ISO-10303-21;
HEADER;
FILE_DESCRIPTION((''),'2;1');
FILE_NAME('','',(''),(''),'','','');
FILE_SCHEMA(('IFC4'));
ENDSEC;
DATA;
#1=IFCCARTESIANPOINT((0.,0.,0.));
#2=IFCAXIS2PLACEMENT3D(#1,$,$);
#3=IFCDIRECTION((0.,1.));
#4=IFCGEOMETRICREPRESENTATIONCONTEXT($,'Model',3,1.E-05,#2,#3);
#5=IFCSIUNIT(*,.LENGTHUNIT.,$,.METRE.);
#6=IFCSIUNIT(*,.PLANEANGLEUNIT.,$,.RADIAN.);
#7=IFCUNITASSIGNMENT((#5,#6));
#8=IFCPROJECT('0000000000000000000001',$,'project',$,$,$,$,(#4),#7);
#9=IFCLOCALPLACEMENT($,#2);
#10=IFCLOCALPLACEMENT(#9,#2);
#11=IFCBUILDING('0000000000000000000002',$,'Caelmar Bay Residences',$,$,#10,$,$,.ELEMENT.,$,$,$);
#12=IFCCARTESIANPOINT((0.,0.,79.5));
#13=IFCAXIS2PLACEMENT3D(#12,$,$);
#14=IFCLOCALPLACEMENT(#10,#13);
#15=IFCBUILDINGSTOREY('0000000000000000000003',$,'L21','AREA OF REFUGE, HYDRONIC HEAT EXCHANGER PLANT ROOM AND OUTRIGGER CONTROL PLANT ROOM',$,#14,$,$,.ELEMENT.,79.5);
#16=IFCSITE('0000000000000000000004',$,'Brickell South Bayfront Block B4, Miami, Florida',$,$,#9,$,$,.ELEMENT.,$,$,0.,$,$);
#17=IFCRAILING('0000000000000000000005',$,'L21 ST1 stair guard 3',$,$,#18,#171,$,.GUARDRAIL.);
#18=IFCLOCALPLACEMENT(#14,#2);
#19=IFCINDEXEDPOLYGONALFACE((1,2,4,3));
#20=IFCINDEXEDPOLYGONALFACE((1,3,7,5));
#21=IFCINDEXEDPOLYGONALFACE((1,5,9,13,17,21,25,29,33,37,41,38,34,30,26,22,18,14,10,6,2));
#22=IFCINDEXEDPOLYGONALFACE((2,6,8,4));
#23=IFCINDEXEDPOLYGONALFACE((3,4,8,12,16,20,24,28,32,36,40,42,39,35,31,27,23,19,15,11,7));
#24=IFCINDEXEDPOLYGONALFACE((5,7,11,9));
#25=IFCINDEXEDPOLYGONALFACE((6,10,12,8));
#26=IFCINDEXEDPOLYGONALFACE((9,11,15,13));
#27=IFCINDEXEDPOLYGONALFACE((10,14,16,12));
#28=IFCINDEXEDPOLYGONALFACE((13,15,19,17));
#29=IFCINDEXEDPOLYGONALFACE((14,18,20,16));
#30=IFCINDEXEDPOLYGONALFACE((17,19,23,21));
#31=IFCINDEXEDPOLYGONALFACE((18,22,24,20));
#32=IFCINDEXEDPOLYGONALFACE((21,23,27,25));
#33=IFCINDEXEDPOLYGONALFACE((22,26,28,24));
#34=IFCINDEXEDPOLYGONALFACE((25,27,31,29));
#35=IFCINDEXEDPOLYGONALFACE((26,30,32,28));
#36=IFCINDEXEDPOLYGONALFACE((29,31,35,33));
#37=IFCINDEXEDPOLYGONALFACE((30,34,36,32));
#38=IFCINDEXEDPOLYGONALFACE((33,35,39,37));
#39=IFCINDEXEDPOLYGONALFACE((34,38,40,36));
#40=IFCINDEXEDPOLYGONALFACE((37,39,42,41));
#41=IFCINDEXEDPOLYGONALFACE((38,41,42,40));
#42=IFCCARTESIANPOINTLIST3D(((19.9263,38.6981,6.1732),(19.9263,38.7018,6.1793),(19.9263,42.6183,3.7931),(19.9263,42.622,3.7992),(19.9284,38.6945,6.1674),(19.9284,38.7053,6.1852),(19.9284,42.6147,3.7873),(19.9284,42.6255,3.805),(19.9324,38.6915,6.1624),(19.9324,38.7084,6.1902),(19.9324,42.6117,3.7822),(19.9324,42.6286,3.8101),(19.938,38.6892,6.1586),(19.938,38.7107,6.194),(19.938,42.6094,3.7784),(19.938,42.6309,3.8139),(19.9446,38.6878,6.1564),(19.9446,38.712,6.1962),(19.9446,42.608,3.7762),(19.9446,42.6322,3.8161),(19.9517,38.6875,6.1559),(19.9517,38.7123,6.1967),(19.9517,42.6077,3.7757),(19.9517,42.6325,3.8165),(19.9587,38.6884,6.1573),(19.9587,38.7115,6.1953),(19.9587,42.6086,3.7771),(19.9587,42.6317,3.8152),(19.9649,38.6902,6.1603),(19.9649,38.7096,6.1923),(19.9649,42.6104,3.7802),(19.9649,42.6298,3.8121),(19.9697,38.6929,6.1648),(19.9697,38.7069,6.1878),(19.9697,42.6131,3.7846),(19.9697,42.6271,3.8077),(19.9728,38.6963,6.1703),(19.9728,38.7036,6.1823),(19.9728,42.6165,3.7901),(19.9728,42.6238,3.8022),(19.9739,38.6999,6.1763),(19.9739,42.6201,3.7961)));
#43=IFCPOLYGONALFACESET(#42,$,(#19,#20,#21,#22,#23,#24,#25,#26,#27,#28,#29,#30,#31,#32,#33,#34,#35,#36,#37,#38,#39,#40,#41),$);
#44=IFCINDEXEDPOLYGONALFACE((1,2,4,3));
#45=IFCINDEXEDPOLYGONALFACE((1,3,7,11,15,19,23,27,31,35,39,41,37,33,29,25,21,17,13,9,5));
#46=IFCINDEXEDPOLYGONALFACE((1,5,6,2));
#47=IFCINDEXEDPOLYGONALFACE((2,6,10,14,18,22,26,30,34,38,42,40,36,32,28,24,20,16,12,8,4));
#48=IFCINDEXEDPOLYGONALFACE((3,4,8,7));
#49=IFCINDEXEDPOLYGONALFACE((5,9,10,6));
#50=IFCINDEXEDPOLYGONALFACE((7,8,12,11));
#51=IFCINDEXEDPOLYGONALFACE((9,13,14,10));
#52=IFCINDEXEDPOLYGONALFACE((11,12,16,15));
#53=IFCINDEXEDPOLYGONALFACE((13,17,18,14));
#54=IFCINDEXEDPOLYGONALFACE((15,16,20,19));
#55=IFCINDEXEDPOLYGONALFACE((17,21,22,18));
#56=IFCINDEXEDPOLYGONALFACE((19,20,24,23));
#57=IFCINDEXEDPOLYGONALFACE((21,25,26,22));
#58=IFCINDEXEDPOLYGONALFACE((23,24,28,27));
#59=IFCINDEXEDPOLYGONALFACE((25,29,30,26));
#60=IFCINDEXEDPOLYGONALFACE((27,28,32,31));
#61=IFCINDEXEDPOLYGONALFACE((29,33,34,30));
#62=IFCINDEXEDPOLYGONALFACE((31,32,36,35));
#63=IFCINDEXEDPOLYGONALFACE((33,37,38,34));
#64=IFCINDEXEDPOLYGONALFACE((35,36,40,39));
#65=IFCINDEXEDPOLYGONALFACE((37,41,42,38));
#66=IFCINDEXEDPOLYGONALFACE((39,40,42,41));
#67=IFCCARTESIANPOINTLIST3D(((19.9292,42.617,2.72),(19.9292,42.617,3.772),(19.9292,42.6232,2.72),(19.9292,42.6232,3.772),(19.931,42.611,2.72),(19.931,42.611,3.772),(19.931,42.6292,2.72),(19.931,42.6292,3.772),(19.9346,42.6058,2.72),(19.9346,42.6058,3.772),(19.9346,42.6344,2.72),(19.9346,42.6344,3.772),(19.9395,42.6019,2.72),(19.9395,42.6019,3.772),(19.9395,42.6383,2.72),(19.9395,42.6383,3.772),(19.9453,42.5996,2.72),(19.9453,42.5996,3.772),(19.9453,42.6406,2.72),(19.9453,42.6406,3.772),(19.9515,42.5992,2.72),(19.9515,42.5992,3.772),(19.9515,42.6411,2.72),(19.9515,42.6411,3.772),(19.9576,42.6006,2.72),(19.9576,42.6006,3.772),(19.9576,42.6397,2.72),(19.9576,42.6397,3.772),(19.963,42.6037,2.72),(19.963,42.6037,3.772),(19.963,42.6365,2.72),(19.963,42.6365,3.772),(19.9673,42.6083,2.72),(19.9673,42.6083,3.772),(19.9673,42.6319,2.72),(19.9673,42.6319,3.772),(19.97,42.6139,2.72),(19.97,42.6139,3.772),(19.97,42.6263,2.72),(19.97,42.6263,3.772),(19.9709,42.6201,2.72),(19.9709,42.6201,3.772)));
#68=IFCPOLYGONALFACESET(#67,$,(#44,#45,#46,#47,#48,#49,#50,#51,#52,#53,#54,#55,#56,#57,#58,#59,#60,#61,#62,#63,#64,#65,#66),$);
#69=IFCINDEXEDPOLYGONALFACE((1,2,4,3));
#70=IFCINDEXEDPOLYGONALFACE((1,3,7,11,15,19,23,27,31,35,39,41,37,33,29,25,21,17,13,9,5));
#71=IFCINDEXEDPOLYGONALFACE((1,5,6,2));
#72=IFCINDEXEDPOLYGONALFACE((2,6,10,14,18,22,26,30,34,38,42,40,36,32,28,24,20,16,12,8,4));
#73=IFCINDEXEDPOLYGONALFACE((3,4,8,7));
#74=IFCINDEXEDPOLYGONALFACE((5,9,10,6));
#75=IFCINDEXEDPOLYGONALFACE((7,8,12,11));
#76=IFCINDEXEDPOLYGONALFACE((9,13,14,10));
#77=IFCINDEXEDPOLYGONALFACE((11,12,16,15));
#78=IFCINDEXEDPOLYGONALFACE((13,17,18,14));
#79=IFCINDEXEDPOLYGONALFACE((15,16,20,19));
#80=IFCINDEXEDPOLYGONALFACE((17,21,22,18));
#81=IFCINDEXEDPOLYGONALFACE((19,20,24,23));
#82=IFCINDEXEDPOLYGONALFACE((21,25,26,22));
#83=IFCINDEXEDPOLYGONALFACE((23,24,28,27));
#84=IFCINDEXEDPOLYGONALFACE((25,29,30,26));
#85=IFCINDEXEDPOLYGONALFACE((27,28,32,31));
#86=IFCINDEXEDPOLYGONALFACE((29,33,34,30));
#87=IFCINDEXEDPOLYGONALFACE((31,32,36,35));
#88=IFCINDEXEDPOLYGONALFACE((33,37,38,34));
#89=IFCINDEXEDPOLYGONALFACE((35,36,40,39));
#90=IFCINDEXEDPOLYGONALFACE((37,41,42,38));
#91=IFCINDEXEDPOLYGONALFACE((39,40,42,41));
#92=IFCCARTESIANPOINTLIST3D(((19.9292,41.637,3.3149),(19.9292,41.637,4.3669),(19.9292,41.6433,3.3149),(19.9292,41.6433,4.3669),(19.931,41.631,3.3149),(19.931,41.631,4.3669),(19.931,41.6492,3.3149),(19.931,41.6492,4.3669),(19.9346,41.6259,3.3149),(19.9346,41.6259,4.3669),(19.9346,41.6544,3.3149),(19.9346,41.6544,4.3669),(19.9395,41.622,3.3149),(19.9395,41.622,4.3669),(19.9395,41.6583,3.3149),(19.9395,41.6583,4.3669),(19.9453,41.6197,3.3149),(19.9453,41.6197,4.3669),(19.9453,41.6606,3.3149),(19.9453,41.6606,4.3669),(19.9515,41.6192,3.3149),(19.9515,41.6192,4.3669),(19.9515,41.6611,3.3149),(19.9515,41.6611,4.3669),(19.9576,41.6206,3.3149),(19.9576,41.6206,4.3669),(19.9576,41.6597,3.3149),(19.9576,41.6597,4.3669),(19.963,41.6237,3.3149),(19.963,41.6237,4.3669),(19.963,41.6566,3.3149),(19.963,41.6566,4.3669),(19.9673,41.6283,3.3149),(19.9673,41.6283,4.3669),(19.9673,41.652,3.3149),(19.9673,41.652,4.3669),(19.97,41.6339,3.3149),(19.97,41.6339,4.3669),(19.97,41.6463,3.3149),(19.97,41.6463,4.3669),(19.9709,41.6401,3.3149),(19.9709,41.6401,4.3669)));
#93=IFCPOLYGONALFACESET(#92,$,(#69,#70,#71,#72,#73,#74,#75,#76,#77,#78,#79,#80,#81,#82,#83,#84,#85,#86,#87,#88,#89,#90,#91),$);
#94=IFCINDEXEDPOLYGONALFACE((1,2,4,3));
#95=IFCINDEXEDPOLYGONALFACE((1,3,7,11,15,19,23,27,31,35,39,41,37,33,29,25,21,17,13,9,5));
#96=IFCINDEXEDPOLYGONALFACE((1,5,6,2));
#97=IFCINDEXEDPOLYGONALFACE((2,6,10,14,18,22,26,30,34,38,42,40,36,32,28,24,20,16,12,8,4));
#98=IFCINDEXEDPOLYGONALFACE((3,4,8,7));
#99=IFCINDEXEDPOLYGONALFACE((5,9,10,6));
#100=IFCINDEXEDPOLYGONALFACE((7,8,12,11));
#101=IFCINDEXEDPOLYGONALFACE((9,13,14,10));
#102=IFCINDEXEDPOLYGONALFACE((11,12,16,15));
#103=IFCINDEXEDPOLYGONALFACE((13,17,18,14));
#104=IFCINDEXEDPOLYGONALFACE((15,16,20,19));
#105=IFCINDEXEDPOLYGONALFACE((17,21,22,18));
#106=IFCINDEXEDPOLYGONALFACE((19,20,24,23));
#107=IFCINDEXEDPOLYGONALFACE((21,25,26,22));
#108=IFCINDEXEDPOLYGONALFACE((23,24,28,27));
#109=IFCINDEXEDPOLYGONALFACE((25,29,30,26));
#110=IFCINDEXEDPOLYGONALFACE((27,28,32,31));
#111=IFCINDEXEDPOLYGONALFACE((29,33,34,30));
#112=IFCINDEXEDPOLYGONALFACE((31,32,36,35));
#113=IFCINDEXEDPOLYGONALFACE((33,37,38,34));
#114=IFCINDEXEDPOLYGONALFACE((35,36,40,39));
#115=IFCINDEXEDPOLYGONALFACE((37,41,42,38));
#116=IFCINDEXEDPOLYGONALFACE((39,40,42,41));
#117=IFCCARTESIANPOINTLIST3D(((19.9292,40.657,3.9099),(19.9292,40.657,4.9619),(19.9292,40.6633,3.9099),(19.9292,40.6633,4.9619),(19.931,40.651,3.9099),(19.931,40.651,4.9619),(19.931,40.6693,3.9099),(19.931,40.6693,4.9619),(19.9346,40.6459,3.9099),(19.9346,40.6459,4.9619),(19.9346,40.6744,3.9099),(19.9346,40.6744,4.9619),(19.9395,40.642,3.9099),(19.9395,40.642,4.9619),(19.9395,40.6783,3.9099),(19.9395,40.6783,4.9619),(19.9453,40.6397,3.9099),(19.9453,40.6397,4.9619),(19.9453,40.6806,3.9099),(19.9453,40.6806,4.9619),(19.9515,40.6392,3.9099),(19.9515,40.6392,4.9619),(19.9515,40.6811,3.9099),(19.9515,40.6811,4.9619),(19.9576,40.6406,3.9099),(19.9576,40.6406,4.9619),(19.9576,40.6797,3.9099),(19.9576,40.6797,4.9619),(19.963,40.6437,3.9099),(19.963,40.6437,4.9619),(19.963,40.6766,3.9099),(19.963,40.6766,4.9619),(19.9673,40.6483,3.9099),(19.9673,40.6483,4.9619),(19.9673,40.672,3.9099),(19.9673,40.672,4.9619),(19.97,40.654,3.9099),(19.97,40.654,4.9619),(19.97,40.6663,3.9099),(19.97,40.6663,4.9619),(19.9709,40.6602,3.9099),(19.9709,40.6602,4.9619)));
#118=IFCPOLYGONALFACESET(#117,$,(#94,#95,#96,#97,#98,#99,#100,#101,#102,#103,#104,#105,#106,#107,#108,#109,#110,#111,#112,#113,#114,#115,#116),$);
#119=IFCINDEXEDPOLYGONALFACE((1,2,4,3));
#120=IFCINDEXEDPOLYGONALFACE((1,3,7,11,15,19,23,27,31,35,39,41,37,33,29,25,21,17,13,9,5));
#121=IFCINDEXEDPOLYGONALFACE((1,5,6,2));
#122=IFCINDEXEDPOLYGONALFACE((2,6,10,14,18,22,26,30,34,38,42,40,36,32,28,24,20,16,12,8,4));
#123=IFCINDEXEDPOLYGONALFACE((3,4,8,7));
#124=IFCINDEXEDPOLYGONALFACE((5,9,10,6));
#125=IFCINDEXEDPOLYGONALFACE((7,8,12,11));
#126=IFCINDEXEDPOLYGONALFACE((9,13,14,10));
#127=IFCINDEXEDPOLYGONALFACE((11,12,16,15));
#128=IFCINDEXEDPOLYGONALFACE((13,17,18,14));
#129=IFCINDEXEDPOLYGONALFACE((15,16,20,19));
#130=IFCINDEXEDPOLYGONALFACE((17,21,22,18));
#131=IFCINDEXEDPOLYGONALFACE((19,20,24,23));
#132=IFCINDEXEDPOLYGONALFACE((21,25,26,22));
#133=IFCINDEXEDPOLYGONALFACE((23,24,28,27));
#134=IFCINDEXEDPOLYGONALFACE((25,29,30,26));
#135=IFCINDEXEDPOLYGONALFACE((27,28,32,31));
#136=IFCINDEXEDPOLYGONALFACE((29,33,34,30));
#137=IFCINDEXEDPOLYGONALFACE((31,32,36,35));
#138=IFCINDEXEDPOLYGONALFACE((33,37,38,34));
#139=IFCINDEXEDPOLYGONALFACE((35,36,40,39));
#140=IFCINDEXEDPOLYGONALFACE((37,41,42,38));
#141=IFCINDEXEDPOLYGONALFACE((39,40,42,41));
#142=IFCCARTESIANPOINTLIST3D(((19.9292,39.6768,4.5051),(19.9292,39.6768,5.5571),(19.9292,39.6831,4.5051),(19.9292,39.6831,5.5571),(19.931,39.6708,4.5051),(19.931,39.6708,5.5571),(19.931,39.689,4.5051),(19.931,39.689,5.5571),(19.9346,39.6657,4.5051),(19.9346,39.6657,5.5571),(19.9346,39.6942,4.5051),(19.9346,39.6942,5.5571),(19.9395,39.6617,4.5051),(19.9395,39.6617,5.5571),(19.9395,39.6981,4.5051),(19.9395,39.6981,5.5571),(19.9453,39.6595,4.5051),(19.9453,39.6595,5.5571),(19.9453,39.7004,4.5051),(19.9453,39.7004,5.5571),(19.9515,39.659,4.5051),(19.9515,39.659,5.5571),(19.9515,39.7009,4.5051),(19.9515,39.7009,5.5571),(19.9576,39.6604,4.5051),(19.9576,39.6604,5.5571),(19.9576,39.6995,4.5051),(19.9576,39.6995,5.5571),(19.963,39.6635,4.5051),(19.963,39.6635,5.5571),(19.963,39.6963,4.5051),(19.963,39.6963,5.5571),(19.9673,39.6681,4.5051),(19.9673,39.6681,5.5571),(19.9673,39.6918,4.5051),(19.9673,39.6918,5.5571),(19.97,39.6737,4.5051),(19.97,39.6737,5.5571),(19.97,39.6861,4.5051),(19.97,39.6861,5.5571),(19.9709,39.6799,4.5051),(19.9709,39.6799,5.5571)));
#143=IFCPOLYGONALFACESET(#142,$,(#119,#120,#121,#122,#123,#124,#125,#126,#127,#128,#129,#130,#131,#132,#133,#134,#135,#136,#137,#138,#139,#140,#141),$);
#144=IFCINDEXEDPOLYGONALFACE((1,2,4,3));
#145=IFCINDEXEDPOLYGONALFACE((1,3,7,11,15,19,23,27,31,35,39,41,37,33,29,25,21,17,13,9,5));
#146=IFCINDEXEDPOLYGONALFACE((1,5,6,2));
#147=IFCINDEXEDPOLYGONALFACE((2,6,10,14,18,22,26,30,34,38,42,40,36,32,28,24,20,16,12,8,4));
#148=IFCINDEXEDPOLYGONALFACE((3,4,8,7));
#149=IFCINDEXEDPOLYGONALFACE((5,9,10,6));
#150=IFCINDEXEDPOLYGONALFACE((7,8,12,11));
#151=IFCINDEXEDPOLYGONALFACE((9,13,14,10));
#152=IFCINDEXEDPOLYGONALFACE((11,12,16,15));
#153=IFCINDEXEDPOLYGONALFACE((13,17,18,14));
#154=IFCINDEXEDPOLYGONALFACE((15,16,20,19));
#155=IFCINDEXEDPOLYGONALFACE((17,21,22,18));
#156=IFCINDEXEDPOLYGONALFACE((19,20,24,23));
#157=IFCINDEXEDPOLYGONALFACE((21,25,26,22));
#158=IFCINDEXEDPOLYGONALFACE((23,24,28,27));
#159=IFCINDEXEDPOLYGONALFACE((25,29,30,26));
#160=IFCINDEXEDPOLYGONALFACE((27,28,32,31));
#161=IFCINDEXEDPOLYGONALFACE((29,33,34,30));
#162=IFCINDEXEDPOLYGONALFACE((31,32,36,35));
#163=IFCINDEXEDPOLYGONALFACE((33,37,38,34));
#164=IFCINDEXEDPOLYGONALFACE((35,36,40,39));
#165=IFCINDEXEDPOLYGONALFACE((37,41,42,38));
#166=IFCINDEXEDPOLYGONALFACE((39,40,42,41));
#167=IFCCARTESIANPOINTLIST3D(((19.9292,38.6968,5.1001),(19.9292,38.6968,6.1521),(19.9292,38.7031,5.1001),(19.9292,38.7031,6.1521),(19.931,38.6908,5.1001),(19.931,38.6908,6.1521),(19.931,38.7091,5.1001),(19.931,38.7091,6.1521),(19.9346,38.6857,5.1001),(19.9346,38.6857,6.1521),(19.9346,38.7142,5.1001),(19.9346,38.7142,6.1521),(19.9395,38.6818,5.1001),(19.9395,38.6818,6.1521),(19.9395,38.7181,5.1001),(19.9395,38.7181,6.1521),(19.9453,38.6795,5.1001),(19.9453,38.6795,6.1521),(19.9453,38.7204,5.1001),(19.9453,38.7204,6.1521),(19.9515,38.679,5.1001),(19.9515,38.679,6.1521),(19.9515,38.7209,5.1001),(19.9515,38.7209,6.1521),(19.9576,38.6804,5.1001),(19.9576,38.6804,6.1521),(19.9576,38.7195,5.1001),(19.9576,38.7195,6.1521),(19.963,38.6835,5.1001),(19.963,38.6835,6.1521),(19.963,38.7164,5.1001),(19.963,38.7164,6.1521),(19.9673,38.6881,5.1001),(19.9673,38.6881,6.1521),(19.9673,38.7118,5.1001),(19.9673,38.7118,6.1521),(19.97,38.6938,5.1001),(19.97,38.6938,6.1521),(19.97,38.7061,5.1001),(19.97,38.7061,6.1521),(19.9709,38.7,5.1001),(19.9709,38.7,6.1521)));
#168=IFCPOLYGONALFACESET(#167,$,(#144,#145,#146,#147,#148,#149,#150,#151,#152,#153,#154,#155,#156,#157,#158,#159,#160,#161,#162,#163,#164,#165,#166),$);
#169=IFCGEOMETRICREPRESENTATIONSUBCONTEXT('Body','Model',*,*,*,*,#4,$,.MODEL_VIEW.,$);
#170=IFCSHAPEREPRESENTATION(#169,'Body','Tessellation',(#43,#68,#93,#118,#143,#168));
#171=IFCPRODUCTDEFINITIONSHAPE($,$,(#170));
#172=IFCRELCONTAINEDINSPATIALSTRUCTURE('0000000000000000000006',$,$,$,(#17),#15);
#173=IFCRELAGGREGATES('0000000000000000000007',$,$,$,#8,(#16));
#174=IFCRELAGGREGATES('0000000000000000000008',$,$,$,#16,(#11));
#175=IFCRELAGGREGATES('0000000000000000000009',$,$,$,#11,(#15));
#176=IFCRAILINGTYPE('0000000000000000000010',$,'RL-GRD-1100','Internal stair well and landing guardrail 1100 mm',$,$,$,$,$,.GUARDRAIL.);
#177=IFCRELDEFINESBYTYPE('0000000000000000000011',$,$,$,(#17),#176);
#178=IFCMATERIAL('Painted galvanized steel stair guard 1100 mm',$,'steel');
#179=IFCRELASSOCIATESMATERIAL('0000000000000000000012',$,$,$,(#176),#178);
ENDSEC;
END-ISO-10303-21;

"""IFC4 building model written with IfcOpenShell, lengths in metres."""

from ifc_helpers import new_model, si_unit, direction, frame, origin, origin_2d, place, context, subcontext, project, spatial, circle, extrude, material, type_object, element, save


model = new_model("IFC4")

# Units and contexts
model_context = context("Model", 3, precision=1e-05, world=origin(), true_north=direction((0.0, 1.0)))
body_context = subcontext(model_context, "Body", "Model", "MODEL_VIEW")
ifc_project = project(units=[si_unit("LENGTHUNIT", "METRE"), si_unit("PLANEANGLEUNIT", "RADIAN")], contexts=[model_context])

# Site, building, storey
site_placement = place(None, origin())
site = spatial("IfcSite", under=ifc_project, at=site_placement, Name="Brickell South Bayfront Block B4, Miami, Florida", CompositionType="ELEMENT", RefElevation=0.0)
building_placement = place(site_placement, origin())
building = spatial("IfcBuilding", under=site, at=building_placement, Name="Caelmar Bay Residences", CompositionType="ELEMENT")
storey_placement = place(building_placement, frame((0.0, 0.0, 79.5)))
storey = spatial("IfcBuildingStorey", under=building, at=storey_placement, Name="L21", Description="AREA OF REFUGE, HYDRONIC HEAT EXCHANGER PLANT ROOM AND OUTRIGGER CONTROL PLANT ROOM", CompositionType="ELEMENT", Elevation=79.5)

# Railing
ifc_material_1 = material(Name="Painted galvanized steel stair guard 1100 mm", Category="steel")
railing_type_1 = type_object("IfcRailingType", Name="RL-GRD-1100", Description="Internal stair well and landing guardrail 1100 mm", PredefinedType="GUARDRAIL", material=ifc_material_1)
railing_1_placement = place(storey_placement, frame((19.95, 42.6201, 2.72)))
element("IfcRailing", 1, at=railing_1_placement, inside=storey, type_object=railing_type_1, Name="L21 ST1 stair guard 3", PredefinedType="GUARDRAIL", context=body_context, shape_type="SweptSolid", body=[
    extrude(circle(Radius=0.0239, at=origin_2d()), frame((0.0, 0.0, 1.0762), z_axis=(0.0, -0.854785, 0.518982), x_axis=(1.0, 0.0, 0.0)), (0.0, 0.0, 1.0), 4.5862),
    extrude(circle(Radius=0.021, at=origin_2d()), origin(), (0.0, 0.0, 1.0), 1.052),
    extrude(circle(Radius=0.021, at=origin_2d()), frame((0.0, -0.98, 0.595)), (0.0, 0.0, 1.0), 1.052),
    extrude(circle(Radius=0.021, at=origin_2d()), frame((0.0, -1.96, 1.1899)), (0.0, 0.0, 1.0), 1.052),
    extrude(circle(Radius=0.021, at=origin_2d()), frame((0.0, -2.9402, 1.7852)), (0.0, 0.0, 1.0), 1.052),
    extrude(circle(Radius=0.021, at=origin_2d()), frame((0.0, -3.9202, 2.3801)), (0.0, 0.0, 1.0), 1.052),
])

save(model, "model.ifc")
